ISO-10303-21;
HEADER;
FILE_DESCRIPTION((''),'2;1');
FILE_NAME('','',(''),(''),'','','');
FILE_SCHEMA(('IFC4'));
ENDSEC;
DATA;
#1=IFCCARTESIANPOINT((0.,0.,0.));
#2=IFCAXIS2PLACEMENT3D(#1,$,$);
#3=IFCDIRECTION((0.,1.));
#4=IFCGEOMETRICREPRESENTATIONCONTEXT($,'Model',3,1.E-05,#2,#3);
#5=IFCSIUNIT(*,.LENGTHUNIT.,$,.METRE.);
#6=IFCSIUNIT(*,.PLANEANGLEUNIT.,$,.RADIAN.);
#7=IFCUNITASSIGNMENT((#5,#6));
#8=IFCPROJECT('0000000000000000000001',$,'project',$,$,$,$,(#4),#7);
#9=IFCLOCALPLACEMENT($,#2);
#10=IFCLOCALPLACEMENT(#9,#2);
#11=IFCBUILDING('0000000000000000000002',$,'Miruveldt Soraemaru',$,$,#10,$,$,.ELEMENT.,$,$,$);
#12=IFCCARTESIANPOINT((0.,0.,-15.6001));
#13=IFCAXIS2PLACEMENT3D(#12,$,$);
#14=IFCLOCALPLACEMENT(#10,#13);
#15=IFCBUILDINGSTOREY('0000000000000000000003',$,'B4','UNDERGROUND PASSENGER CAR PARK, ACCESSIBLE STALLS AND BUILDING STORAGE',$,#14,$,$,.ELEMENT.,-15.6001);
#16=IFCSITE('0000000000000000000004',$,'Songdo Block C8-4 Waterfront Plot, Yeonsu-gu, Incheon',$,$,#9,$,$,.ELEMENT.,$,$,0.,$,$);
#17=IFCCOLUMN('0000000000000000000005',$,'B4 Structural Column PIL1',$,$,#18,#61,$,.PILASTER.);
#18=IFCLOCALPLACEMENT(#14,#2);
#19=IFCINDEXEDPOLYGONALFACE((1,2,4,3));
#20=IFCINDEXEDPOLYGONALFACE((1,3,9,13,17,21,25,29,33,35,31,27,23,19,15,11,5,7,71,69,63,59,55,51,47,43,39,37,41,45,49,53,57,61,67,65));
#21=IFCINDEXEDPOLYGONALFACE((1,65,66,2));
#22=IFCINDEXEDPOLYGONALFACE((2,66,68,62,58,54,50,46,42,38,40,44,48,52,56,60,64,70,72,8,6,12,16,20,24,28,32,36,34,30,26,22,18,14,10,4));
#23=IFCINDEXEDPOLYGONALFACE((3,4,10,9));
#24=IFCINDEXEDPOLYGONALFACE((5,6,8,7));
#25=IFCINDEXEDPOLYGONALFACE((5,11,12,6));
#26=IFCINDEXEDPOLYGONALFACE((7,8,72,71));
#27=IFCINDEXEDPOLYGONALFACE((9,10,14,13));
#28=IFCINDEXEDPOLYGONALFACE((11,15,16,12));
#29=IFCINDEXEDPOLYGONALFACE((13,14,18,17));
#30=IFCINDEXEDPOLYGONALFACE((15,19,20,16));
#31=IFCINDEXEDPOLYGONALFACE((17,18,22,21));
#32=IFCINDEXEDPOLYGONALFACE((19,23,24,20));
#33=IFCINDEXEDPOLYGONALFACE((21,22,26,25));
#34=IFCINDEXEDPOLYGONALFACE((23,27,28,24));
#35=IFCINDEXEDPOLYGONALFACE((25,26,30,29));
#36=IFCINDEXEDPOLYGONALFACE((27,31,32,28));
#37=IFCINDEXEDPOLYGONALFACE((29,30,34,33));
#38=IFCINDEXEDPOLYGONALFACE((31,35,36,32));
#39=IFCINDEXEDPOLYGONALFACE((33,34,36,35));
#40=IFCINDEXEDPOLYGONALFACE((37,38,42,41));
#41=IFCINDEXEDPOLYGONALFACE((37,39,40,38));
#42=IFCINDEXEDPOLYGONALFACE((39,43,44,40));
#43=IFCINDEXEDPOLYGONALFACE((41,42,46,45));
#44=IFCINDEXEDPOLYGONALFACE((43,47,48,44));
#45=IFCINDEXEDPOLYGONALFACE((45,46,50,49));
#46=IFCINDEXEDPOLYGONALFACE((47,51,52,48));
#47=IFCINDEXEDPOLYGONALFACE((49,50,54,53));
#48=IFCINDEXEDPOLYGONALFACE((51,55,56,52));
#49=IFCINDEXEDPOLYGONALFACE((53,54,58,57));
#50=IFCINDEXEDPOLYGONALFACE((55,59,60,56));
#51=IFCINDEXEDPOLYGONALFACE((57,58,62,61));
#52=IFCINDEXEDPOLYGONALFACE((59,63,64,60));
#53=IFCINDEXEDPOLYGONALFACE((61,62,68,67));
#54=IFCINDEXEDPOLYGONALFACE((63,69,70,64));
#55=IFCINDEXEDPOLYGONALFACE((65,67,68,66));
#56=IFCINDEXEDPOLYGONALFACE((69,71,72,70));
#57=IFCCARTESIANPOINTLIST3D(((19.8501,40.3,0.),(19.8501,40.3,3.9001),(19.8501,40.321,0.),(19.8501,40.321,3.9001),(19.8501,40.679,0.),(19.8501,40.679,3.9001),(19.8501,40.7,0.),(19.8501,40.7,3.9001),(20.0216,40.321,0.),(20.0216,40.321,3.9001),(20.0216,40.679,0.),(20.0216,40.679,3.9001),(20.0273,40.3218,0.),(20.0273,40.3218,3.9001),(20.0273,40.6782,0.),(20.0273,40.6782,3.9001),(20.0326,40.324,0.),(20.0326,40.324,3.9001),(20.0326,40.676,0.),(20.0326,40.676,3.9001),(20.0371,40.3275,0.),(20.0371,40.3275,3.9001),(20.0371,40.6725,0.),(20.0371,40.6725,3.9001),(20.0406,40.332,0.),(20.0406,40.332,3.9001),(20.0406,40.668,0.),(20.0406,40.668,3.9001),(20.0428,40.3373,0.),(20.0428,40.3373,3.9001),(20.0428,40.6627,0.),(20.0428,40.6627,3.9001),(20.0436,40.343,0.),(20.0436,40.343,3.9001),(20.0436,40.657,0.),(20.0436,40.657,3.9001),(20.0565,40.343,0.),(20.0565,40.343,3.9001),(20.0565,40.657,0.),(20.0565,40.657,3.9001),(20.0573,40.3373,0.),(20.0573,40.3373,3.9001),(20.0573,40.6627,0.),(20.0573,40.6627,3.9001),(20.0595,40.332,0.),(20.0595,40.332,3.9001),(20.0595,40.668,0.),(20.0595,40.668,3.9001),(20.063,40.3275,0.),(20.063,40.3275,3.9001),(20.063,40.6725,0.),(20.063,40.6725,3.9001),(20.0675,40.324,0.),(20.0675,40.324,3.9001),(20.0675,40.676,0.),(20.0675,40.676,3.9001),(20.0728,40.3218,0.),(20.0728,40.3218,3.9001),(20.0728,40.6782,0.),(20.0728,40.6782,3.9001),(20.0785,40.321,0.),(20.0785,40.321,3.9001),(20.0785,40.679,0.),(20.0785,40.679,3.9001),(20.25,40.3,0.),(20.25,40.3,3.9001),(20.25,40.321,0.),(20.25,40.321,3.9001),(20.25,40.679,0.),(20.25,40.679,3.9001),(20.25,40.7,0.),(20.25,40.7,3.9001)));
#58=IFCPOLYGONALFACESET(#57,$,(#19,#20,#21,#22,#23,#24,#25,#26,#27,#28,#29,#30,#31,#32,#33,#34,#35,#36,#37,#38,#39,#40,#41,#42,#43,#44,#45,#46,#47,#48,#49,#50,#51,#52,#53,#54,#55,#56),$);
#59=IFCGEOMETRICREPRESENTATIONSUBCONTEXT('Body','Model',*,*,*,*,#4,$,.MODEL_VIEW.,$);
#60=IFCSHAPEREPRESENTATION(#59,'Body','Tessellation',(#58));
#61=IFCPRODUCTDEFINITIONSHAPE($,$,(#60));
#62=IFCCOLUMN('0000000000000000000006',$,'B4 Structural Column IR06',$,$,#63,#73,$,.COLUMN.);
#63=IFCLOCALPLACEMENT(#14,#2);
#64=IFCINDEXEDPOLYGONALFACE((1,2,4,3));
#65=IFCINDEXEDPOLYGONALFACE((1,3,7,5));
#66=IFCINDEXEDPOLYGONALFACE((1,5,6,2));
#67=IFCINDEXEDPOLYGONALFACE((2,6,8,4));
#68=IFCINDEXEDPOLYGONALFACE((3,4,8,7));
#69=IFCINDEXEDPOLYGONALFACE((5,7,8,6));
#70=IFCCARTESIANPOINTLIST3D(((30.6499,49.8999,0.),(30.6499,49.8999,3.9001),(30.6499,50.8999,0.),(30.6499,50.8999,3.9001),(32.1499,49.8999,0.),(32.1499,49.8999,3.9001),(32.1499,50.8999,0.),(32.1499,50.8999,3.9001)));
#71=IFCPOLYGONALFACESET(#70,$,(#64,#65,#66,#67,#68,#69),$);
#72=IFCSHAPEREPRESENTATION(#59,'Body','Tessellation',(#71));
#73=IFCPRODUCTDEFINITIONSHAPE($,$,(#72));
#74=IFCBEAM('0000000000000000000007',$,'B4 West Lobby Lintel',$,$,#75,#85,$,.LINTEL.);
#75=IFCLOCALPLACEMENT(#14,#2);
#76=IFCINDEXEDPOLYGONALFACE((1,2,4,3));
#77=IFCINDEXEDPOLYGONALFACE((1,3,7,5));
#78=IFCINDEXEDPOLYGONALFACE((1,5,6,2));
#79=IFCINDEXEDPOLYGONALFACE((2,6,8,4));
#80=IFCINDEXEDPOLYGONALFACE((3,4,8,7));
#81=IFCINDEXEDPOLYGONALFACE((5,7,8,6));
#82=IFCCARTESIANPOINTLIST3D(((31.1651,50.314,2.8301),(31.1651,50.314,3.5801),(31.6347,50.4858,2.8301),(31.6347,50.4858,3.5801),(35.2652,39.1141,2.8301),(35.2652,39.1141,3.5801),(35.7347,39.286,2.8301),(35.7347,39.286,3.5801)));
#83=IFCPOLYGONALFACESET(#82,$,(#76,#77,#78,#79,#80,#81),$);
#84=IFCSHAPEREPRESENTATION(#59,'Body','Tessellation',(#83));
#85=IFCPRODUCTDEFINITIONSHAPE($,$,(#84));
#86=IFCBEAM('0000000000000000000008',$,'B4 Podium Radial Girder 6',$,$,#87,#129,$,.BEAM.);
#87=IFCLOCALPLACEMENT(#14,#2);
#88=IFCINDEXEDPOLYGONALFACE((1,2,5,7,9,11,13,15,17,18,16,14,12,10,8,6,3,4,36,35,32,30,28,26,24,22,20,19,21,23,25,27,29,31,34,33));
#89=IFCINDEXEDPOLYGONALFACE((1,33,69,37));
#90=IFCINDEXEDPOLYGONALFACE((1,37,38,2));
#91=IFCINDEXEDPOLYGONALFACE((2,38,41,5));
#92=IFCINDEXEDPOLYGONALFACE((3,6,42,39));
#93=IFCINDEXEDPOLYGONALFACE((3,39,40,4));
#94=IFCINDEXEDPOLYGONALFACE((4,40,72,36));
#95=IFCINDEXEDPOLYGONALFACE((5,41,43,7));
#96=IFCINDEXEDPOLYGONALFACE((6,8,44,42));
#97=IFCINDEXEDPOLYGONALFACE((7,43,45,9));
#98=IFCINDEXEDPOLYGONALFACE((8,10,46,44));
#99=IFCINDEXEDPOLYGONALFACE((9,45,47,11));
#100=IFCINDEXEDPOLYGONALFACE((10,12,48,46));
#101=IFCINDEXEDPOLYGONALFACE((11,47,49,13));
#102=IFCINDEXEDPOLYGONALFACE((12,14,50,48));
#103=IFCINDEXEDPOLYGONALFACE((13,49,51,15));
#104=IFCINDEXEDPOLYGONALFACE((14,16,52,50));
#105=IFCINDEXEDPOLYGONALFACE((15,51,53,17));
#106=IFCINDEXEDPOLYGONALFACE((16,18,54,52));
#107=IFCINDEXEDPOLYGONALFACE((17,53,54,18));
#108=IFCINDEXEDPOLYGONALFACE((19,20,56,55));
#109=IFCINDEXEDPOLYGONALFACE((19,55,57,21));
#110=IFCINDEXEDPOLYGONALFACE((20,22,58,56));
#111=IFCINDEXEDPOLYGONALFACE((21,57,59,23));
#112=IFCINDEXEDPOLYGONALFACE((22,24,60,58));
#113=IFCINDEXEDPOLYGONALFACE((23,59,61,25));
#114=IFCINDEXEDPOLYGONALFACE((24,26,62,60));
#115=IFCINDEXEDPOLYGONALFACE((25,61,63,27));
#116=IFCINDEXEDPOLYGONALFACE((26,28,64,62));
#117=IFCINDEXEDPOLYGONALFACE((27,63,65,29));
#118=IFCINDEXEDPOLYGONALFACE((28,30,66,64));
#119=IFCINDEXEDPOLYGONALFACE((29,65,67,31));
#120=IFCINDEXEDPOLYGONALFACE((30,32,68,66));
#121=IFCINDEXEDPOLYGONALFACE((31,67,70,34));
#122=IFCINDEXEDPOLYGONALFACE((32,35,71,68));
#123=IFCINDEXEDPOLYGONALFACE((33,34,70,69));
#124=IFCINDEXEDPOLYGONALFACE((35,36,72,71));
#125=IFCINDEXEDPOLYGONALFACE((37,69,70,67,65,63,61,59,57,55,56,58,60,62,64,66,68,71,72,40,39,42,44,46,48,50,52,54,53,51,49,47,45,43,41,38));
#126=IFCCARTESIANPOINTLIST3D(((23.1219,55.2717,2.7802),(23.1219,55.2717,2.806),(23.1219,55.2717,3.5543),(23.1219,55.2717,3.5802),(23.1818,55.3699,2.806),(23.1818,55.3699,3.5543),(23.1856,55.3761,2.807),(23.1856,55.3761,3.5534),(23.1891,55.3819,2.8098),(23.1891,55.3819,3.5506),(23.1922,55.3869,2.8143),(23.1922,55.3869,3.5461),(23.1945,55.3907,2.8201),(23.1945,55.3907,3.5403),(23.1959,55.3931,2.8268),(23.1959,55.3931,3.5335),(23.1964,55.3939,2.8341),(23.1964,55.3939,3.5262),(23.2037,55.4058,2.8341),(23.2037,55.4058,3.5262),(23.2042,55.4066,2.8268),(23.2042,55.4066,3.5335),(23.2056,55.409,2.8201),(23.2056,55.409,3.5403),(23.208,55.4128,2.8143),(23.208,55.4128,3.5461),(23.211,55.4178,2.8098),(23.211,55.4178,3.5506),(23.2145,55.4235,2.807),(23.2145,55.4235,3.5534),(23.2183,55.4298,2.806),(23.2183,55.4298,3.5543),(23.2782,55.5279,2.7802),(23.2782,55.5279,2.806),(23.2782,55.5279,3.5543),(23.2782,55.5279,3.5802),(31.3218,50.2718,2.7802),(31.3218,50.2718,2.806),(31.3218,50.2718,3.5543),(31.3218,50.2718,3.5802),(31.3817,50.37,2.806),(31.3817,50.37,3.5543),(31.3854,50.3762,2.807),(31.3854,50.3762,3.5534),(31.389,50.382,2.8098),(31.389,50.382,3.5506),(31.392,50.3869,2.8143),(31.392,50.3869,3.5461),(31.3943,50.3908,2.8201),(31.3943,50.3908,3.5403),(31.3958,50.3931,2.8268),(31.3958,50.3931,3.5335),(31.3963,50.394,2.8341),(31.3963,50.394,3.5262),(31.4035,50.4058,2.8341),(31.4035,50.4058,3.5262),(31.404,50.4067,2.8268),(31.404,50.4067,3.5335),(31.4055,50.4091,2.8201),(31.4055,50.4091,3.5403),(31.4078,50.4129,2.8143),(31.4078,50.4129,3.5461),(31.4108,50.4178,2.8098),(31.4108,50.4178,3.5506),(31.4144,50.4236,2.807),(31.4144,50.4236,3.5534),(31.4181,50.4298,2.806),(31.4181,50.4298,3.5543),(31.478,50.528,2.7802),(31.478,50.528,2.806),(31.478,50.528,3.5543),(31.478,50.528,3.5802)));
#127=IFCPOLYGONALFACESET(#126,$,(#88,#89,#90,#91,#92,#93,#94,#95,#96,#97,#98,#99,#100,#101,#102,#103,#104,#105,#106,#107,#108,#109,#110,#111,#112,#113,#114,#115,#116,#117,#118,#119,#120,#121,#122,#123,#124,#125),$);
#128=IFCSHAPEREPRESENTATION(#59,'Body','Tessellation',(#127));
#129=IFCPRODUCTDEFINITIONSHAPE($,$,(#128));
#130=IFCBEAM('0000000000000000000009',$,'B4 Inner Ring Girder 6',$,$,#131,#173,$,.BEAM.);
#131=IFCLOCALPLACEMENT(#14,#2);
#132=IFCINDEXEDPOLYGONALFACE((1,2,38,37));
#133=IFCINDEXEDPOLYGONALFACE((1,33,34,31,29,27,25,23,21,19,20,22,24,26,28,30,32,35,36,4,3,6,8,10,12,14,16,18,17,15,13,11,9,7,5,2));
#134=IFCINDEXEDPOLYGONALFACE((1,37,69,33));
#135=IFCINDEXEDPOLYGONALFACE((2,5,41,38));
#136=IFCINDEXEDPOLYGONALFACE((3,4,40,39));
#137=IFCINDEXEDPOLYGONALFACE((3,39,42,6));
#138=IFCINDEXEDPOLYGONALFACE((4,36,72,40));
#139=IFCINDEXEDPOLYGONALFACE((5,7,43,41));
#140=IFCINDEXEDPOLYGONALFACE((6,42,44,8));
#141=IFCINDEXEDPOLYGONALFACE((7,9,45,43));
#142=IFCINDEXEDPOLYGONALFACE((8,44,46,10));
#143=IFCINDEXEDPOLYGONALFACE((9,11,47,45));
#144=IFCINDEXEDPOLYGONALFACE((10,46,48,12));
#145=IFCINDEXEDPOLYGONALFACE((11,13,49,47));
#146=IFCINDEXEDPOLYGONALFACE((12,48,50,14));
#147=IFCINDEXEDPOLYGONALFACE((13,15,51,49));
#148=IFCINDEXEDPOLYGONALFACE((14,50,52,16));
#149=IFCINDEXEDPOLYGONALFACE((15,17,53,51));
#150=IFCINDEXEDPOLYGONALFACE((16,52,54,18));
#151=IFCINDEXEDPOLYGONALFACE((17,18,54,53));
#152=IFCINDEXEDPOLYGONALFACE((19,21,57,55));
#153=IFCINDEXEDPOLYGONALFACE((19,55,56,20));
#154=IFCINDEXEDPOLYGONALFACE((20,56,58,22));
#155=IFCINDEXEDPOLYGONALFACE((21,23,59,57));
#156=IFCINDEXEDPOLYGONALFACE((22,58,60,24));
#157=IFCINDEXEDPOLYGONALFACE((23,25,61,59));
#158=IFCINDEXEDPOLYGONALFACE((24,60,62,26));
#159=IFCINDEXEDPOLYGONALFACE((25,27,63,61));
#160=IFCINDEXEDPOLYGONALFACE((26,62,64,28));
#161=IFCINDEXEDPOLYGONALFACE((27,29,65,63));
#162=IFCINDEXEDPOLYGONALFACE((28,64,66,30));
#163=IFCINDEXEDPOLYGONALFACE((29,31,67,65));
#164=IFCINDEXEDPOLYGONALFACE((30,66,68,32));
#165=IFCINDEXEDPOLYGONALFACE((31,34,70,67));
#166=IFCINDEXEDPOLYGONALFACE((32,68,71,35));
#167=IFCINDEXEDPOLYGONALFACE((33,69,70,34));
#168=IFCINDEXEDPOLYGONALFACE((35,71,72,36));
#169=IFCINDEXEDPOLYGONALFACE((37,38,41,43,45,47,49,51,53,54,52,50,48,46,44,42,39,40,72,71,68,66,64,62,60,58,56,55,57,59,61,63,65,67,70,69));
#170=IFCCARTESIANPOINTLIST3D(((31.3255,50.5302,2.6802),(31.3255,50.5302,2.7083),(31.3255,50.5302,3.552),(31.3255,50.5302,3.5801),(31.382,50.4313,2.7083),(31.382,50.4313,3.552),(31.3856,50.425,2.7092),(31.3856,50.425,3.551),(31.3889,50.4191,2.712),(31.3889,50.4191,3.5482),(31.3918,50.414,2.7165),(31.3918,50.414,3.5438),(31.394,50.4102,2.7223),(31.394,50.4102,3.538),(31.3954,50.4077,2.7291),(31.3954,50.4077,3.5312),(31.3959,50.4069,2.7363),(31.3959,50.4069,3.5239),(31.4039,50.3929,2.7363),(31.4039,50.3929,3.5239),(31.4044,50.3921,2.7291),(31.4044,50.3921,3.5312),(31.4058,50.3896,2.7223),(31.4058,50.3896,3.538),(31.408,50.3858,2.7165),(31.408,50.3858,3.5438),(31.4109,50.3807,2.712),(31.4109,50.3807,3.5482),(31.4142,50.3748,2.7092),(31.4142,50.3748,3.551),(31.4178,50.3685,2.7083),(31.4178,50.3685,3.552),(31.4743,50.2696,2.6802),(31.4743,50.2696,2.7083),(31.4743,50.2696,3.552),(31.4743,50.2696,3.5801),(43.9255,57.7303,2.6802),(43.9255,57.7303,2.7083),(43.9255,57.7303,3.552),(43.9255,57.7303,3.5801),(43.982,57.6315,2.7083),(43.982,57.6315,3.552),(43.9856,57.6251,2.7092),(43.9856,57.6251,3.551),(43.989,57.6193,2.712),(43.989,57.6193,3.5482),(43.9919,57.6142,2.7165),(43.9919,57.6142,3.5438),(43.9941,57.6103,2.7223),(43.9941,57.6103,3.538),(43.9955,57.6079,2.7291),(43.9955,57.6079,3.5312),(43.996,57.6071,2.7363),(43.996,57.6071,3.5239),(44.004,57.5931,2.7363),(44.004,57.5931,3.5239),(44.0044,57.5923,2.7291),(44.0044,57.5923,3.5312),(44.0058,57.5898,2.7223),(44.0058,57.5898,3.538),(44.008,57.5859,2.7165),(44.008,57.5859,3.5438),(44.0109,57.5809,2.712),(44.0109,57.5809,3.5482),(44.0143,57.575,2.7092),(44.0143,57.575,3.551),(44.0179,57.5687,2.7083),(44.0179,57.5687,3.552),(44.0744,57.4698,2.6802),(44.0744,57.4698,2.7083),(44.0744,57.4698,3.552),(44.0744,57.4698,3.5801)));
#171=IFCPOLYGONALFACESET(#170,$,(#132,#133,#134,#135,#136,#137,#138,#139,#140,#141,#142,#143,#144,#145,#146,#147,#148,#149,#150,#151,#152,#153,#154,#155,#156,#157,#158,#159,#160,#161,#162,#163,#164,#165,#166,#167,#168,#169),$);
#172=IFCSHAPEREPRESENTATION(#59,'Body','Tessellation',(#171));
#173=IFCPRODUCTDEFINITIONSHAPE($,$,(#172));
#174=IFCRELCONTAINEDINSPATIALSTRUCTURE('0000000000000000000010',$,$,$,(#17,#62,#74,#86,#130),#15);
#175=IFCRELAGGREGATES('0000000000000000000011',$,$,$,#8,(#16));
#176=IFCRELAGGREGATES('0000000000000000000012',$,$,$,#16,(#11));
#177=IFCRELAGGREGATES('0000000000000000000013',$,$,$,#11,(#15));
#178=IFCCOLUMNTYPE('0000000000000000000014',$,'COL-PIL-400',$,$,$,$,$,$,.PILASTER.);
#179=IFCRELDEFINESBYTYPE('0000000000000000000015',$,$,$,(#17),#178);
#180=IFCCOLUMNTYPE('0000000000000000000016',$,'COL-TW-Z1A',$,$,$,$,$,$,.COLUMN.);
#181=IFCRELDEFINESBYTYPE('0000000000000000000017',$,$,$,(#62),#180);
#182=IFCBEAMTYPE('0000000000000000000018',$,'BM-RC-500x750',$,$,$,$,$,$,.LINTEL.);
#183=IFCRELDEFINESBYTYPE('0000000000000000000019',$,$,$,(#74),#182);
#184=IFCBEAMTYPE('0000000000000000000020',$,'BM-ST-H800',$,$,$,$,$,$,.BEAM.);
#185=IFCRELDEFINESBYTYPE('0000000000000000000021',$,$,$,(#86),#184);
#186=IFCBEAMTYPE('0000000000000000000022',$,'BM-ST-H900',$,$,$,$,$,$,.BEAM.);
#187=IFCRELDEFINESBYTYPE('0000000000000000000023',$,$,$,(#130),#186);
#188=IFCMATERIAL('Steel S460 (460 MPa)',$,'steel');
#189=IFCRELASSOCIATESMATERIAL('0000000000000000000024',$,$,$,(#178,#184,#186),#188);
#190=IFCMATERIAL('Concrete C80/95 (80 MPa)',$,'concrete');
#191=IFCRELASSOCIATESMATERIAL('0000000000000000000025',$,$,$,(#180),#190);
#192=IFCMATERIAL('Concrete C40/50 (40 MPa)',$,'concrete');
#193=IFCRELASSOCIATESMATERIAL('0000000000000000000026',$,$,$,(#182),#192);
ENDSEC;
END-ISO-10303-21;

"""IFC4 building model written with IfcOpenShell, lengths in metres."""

from ifc_helpers import new_model, si_unit, direction, frame, origin, origin_2d, place, context, subcontext, project, spatial, rectangle, i_section, extrude, material, material_profile, profile_set, type_object, element, save


model = new_model("IFC4")

# Units and contexts
model_context = context("Model", 3, precision=1e-05, world=origin(), true_north=direction((0.0, 1.0)))
body_context = subcontext(model_context, "Body", "Model", "MODEL_VIEW")
ifc_project = project(units=[si_unit("LENGTHUNIT", "METRE"), si_unit("PLANEANGLEUNIT", "RADIAN")], contexts=[model_context])

# Site, building, storey
site_placement = place(None, origin())
site = spatial("IfcSite", under=ifc_project, at=site_placement, Name="Songdo Block C8-4 Waterfront Plot, Yeonsu-gu, Incheon", CompositionType="ELEMENT", RefElevation=0.0)
building_placement = place(site_placement, origin())
building = spatial("IfcBuilding", under=site, at=building_placement, Name="Miruveldt Soraemaru", CompositionType="ELEMENT")
storey_placement = place(building_placement, frame((0.0, 0.0, -15.6001)))
storey = spatial("IfcBuildingStorey", under=building, at=storey_placement, Name="B4", Description="UNDERGROUND PASSENGER CAR PARK, ACCESSIBLE STALLS AND BUILDING STORAGE", CompositionType="ELEMENT", Elevation=-15.6001)

# Columns
ifc_material_1 = material(Name="Steel S460 (460 MPa)", Category="steel")
ifc_material_profile_1 = material_profile(ifc_material_1, i_section(OverallWidth=0.3999, OverallDepth=0.3999, WebThickness=0.0129, FlangeThickness=0.021, FilletRadius=0.022, at=origin_2d()), Name="Steel S460 (460 MPa)", Category="steel")
ifc_profile_set_1 = profile_set([ifc_material_profile_1], Name="Steel S460 (460 MPa)")
column_type_1 = type_object("IfcColumnType", Name="COL-PIL-400", PredefinedType="PILASTER", material=ifc_profile_set_1)
column_1_placement = place(storey_placement, frame((20.05, 40.5, 0.0), z_axis=(0.0, 0.0, 1.0), x_axis=(1.0, 0.0, 0.0)))
element("IfcColumn", 1, at=column_1_placement, inside=storey, type_object=column_type_1, Name="B4 Structural Column PIL1", PredefinedType="PILASTER", context=body_context, shape_type="SweptSolid", body=[
    extrude(i_section(OverallWidth=0.3999, OverallDepth=0.3999, WebThickness=0.0129, FlangeThickness=0.021, FilletRadius=0.022, at=origin_2d()), origin(), (0.0, 0.0, 1.0), 3.9001),
])
ifc_material_2 = material(Name="Concrete C80/95 (80 MPa)", Category="concrete")
ifc_material_profile_2 = material_profile(ifc_material_2, rectangle(XDim=1.5, YDim=1.0, at=origin_2d()), Name="Concrete C80/95 (80 MPa)", Category="concrete")
ifc_profile_set_2 = profile_set([ifc_material_profile_2], Name="Concrete C80/95 (80 MPa)")
column_type_2 = type_object("IfcColumnType", Name="COL-TW-Z1A", PredefinedType="COLUMN", material=ifc_profile_set_2)
column_2_placement = place(storey_placement, frame((31.3999, 50.3999, 0.0), z_axis=(0.0, 0.0, 1.0), x_axis=(1.0, 0.0, 0.0)))
element("IfcColumn", 2, at=column_2_placement, inside=storey, type_object=column_type_2, Name="B4 Structural Column IR06", PredefinedType="COLUMN", context=body_context, shape_type="SweptSolid", body=[
    extrude(rectangle(XDim=1.5, YDim=1.0, at=origin_2d()), origin(), (0.0, 0.0, 1.0), 3.9001),
])

# Beams
ifc_material_3 = material(Name="Concrete C40/50 (40 MPa)", Category="concrete")
ifc_material_profile_3 = material_profile(ifc_material_3, rectangle(XDim=0.5, YDim=0.75, at=origin_2d()), Name="Concrete C40/50 (40 MPa)", Category="concrete")
ifc_profile_set_3 = profile_set([ifc_material_profile_3], Name="Concrete C40/50 (40 MPa)")
beam_type_1 = type_object("IfcBeamType", Name="BM-RC-500x750", PredefinedType="LINTEL", material=ifc_profile_set_3)
beam_1_placement = place(storey_placement, frame((31.3999, 50.3999, 3.2051), z_axis=(0.34377, -0.939054, 0.0), x_axis=(0.939054, 0.34377, 0.0)))
element("IfcBeam", 3, at=beam_1_placement, inside=storey, type_object=beam_type_1, Name="B4 West Lobby Lintel", PredefinedType="LINTEL", context=body_context, shape_type="SweptSolid", body=[
    extrude(rectangle(XDim=0.5, YDim=0.75, at=origin_2d()), origin(), (0.0, 0.0, 1.0), 11.9268),
])
ifc_material_profile_4 = material_profile(ifc_material_1, i_section(OverallWidth=0.3, OverallDepth=0.8, WebThickness=0.0139, FlangeThickness=0.0259, FilletRadius=0.0281, at=origin_2d()), Name="Steel S460 (460 MPa)", Category="steel")
ifc_profile_set_4 = profile_set([ifc_material_profile_4], Name="Steel S460 (460 MPa)")
beam_type_2 = type_object("IfcBeamType", Name="BM-ST-H800", PredefinedType="BEAM", material=ifc_profile_set_4)
beam_2_placement = place(storey_placement, frame((31.3999, 50.3999, 3.1802), z_axis=(-0.853795, 0.52061, 0.0), x_axis=(-0.52061, -0.853795, 0.0)))
element("IfcBeam", 4, at=beam_2_placement, inside=storey, type_object=beam_type_2, Name="B4 Podium Radial Girder 6", PredefinedType="BEAM", context=body_context, shape_type="SweptSolid", body=[
    extrude(i_section(OverallWidth=0.3, OverallDepth=0.8, WebThickness=0.0139, FlangeThickness=0.0259, FilletRadius=0.0281, at=origin_2d()), origin(), (0.0, 0.0, 1.0), 9.604),
])
ifc_material_profile_5 = material_profile(ifc_material_1, i_section(OverallWidth=0.3, OverallDepth=0.8999, WebThickness=0.0161, FlangeThickness=0.0281, FilletRadius=0.0281, at=origin_2d()), Name="Steel S460 (460 MPa)", Category="steel")
ifc_profile_set_5 = profile_set([ifc_material_profile_5], Name="Steel S460 (460 MPa)")
beam_type_3 = type_object("IfcBeamType", Name="BM-ST-H900", PredefinedType="BEAM", material=ifc_profile_set_5)
beam_3_placement = place(storey_placement, frame((31.3999, 50.3999, 3.1301), z_axis=(0.868239, 0.496146, 0.0), x_axis=(-0.496146, 0.868239, 0.0)))
element("IfcBeam", 5, at=beam_3_placement, inside=storey, type_object=beam_type_3, Name="B4 Inner Ring Girder 6", PredefinedType="BEAM", context=body_context, shape_type="SweptSolid", body=[
    extrude(i_section(OverallWidth=0.3, OverallDepth=0.8999, WebThickness=0.0161, FlangeThickness=0.0281, FilletRadius=0.0281, at=origin_2d()), origin(), (0.0, 0.0, 1.0), 14.5122),
])

save(model, "model.ifc")
